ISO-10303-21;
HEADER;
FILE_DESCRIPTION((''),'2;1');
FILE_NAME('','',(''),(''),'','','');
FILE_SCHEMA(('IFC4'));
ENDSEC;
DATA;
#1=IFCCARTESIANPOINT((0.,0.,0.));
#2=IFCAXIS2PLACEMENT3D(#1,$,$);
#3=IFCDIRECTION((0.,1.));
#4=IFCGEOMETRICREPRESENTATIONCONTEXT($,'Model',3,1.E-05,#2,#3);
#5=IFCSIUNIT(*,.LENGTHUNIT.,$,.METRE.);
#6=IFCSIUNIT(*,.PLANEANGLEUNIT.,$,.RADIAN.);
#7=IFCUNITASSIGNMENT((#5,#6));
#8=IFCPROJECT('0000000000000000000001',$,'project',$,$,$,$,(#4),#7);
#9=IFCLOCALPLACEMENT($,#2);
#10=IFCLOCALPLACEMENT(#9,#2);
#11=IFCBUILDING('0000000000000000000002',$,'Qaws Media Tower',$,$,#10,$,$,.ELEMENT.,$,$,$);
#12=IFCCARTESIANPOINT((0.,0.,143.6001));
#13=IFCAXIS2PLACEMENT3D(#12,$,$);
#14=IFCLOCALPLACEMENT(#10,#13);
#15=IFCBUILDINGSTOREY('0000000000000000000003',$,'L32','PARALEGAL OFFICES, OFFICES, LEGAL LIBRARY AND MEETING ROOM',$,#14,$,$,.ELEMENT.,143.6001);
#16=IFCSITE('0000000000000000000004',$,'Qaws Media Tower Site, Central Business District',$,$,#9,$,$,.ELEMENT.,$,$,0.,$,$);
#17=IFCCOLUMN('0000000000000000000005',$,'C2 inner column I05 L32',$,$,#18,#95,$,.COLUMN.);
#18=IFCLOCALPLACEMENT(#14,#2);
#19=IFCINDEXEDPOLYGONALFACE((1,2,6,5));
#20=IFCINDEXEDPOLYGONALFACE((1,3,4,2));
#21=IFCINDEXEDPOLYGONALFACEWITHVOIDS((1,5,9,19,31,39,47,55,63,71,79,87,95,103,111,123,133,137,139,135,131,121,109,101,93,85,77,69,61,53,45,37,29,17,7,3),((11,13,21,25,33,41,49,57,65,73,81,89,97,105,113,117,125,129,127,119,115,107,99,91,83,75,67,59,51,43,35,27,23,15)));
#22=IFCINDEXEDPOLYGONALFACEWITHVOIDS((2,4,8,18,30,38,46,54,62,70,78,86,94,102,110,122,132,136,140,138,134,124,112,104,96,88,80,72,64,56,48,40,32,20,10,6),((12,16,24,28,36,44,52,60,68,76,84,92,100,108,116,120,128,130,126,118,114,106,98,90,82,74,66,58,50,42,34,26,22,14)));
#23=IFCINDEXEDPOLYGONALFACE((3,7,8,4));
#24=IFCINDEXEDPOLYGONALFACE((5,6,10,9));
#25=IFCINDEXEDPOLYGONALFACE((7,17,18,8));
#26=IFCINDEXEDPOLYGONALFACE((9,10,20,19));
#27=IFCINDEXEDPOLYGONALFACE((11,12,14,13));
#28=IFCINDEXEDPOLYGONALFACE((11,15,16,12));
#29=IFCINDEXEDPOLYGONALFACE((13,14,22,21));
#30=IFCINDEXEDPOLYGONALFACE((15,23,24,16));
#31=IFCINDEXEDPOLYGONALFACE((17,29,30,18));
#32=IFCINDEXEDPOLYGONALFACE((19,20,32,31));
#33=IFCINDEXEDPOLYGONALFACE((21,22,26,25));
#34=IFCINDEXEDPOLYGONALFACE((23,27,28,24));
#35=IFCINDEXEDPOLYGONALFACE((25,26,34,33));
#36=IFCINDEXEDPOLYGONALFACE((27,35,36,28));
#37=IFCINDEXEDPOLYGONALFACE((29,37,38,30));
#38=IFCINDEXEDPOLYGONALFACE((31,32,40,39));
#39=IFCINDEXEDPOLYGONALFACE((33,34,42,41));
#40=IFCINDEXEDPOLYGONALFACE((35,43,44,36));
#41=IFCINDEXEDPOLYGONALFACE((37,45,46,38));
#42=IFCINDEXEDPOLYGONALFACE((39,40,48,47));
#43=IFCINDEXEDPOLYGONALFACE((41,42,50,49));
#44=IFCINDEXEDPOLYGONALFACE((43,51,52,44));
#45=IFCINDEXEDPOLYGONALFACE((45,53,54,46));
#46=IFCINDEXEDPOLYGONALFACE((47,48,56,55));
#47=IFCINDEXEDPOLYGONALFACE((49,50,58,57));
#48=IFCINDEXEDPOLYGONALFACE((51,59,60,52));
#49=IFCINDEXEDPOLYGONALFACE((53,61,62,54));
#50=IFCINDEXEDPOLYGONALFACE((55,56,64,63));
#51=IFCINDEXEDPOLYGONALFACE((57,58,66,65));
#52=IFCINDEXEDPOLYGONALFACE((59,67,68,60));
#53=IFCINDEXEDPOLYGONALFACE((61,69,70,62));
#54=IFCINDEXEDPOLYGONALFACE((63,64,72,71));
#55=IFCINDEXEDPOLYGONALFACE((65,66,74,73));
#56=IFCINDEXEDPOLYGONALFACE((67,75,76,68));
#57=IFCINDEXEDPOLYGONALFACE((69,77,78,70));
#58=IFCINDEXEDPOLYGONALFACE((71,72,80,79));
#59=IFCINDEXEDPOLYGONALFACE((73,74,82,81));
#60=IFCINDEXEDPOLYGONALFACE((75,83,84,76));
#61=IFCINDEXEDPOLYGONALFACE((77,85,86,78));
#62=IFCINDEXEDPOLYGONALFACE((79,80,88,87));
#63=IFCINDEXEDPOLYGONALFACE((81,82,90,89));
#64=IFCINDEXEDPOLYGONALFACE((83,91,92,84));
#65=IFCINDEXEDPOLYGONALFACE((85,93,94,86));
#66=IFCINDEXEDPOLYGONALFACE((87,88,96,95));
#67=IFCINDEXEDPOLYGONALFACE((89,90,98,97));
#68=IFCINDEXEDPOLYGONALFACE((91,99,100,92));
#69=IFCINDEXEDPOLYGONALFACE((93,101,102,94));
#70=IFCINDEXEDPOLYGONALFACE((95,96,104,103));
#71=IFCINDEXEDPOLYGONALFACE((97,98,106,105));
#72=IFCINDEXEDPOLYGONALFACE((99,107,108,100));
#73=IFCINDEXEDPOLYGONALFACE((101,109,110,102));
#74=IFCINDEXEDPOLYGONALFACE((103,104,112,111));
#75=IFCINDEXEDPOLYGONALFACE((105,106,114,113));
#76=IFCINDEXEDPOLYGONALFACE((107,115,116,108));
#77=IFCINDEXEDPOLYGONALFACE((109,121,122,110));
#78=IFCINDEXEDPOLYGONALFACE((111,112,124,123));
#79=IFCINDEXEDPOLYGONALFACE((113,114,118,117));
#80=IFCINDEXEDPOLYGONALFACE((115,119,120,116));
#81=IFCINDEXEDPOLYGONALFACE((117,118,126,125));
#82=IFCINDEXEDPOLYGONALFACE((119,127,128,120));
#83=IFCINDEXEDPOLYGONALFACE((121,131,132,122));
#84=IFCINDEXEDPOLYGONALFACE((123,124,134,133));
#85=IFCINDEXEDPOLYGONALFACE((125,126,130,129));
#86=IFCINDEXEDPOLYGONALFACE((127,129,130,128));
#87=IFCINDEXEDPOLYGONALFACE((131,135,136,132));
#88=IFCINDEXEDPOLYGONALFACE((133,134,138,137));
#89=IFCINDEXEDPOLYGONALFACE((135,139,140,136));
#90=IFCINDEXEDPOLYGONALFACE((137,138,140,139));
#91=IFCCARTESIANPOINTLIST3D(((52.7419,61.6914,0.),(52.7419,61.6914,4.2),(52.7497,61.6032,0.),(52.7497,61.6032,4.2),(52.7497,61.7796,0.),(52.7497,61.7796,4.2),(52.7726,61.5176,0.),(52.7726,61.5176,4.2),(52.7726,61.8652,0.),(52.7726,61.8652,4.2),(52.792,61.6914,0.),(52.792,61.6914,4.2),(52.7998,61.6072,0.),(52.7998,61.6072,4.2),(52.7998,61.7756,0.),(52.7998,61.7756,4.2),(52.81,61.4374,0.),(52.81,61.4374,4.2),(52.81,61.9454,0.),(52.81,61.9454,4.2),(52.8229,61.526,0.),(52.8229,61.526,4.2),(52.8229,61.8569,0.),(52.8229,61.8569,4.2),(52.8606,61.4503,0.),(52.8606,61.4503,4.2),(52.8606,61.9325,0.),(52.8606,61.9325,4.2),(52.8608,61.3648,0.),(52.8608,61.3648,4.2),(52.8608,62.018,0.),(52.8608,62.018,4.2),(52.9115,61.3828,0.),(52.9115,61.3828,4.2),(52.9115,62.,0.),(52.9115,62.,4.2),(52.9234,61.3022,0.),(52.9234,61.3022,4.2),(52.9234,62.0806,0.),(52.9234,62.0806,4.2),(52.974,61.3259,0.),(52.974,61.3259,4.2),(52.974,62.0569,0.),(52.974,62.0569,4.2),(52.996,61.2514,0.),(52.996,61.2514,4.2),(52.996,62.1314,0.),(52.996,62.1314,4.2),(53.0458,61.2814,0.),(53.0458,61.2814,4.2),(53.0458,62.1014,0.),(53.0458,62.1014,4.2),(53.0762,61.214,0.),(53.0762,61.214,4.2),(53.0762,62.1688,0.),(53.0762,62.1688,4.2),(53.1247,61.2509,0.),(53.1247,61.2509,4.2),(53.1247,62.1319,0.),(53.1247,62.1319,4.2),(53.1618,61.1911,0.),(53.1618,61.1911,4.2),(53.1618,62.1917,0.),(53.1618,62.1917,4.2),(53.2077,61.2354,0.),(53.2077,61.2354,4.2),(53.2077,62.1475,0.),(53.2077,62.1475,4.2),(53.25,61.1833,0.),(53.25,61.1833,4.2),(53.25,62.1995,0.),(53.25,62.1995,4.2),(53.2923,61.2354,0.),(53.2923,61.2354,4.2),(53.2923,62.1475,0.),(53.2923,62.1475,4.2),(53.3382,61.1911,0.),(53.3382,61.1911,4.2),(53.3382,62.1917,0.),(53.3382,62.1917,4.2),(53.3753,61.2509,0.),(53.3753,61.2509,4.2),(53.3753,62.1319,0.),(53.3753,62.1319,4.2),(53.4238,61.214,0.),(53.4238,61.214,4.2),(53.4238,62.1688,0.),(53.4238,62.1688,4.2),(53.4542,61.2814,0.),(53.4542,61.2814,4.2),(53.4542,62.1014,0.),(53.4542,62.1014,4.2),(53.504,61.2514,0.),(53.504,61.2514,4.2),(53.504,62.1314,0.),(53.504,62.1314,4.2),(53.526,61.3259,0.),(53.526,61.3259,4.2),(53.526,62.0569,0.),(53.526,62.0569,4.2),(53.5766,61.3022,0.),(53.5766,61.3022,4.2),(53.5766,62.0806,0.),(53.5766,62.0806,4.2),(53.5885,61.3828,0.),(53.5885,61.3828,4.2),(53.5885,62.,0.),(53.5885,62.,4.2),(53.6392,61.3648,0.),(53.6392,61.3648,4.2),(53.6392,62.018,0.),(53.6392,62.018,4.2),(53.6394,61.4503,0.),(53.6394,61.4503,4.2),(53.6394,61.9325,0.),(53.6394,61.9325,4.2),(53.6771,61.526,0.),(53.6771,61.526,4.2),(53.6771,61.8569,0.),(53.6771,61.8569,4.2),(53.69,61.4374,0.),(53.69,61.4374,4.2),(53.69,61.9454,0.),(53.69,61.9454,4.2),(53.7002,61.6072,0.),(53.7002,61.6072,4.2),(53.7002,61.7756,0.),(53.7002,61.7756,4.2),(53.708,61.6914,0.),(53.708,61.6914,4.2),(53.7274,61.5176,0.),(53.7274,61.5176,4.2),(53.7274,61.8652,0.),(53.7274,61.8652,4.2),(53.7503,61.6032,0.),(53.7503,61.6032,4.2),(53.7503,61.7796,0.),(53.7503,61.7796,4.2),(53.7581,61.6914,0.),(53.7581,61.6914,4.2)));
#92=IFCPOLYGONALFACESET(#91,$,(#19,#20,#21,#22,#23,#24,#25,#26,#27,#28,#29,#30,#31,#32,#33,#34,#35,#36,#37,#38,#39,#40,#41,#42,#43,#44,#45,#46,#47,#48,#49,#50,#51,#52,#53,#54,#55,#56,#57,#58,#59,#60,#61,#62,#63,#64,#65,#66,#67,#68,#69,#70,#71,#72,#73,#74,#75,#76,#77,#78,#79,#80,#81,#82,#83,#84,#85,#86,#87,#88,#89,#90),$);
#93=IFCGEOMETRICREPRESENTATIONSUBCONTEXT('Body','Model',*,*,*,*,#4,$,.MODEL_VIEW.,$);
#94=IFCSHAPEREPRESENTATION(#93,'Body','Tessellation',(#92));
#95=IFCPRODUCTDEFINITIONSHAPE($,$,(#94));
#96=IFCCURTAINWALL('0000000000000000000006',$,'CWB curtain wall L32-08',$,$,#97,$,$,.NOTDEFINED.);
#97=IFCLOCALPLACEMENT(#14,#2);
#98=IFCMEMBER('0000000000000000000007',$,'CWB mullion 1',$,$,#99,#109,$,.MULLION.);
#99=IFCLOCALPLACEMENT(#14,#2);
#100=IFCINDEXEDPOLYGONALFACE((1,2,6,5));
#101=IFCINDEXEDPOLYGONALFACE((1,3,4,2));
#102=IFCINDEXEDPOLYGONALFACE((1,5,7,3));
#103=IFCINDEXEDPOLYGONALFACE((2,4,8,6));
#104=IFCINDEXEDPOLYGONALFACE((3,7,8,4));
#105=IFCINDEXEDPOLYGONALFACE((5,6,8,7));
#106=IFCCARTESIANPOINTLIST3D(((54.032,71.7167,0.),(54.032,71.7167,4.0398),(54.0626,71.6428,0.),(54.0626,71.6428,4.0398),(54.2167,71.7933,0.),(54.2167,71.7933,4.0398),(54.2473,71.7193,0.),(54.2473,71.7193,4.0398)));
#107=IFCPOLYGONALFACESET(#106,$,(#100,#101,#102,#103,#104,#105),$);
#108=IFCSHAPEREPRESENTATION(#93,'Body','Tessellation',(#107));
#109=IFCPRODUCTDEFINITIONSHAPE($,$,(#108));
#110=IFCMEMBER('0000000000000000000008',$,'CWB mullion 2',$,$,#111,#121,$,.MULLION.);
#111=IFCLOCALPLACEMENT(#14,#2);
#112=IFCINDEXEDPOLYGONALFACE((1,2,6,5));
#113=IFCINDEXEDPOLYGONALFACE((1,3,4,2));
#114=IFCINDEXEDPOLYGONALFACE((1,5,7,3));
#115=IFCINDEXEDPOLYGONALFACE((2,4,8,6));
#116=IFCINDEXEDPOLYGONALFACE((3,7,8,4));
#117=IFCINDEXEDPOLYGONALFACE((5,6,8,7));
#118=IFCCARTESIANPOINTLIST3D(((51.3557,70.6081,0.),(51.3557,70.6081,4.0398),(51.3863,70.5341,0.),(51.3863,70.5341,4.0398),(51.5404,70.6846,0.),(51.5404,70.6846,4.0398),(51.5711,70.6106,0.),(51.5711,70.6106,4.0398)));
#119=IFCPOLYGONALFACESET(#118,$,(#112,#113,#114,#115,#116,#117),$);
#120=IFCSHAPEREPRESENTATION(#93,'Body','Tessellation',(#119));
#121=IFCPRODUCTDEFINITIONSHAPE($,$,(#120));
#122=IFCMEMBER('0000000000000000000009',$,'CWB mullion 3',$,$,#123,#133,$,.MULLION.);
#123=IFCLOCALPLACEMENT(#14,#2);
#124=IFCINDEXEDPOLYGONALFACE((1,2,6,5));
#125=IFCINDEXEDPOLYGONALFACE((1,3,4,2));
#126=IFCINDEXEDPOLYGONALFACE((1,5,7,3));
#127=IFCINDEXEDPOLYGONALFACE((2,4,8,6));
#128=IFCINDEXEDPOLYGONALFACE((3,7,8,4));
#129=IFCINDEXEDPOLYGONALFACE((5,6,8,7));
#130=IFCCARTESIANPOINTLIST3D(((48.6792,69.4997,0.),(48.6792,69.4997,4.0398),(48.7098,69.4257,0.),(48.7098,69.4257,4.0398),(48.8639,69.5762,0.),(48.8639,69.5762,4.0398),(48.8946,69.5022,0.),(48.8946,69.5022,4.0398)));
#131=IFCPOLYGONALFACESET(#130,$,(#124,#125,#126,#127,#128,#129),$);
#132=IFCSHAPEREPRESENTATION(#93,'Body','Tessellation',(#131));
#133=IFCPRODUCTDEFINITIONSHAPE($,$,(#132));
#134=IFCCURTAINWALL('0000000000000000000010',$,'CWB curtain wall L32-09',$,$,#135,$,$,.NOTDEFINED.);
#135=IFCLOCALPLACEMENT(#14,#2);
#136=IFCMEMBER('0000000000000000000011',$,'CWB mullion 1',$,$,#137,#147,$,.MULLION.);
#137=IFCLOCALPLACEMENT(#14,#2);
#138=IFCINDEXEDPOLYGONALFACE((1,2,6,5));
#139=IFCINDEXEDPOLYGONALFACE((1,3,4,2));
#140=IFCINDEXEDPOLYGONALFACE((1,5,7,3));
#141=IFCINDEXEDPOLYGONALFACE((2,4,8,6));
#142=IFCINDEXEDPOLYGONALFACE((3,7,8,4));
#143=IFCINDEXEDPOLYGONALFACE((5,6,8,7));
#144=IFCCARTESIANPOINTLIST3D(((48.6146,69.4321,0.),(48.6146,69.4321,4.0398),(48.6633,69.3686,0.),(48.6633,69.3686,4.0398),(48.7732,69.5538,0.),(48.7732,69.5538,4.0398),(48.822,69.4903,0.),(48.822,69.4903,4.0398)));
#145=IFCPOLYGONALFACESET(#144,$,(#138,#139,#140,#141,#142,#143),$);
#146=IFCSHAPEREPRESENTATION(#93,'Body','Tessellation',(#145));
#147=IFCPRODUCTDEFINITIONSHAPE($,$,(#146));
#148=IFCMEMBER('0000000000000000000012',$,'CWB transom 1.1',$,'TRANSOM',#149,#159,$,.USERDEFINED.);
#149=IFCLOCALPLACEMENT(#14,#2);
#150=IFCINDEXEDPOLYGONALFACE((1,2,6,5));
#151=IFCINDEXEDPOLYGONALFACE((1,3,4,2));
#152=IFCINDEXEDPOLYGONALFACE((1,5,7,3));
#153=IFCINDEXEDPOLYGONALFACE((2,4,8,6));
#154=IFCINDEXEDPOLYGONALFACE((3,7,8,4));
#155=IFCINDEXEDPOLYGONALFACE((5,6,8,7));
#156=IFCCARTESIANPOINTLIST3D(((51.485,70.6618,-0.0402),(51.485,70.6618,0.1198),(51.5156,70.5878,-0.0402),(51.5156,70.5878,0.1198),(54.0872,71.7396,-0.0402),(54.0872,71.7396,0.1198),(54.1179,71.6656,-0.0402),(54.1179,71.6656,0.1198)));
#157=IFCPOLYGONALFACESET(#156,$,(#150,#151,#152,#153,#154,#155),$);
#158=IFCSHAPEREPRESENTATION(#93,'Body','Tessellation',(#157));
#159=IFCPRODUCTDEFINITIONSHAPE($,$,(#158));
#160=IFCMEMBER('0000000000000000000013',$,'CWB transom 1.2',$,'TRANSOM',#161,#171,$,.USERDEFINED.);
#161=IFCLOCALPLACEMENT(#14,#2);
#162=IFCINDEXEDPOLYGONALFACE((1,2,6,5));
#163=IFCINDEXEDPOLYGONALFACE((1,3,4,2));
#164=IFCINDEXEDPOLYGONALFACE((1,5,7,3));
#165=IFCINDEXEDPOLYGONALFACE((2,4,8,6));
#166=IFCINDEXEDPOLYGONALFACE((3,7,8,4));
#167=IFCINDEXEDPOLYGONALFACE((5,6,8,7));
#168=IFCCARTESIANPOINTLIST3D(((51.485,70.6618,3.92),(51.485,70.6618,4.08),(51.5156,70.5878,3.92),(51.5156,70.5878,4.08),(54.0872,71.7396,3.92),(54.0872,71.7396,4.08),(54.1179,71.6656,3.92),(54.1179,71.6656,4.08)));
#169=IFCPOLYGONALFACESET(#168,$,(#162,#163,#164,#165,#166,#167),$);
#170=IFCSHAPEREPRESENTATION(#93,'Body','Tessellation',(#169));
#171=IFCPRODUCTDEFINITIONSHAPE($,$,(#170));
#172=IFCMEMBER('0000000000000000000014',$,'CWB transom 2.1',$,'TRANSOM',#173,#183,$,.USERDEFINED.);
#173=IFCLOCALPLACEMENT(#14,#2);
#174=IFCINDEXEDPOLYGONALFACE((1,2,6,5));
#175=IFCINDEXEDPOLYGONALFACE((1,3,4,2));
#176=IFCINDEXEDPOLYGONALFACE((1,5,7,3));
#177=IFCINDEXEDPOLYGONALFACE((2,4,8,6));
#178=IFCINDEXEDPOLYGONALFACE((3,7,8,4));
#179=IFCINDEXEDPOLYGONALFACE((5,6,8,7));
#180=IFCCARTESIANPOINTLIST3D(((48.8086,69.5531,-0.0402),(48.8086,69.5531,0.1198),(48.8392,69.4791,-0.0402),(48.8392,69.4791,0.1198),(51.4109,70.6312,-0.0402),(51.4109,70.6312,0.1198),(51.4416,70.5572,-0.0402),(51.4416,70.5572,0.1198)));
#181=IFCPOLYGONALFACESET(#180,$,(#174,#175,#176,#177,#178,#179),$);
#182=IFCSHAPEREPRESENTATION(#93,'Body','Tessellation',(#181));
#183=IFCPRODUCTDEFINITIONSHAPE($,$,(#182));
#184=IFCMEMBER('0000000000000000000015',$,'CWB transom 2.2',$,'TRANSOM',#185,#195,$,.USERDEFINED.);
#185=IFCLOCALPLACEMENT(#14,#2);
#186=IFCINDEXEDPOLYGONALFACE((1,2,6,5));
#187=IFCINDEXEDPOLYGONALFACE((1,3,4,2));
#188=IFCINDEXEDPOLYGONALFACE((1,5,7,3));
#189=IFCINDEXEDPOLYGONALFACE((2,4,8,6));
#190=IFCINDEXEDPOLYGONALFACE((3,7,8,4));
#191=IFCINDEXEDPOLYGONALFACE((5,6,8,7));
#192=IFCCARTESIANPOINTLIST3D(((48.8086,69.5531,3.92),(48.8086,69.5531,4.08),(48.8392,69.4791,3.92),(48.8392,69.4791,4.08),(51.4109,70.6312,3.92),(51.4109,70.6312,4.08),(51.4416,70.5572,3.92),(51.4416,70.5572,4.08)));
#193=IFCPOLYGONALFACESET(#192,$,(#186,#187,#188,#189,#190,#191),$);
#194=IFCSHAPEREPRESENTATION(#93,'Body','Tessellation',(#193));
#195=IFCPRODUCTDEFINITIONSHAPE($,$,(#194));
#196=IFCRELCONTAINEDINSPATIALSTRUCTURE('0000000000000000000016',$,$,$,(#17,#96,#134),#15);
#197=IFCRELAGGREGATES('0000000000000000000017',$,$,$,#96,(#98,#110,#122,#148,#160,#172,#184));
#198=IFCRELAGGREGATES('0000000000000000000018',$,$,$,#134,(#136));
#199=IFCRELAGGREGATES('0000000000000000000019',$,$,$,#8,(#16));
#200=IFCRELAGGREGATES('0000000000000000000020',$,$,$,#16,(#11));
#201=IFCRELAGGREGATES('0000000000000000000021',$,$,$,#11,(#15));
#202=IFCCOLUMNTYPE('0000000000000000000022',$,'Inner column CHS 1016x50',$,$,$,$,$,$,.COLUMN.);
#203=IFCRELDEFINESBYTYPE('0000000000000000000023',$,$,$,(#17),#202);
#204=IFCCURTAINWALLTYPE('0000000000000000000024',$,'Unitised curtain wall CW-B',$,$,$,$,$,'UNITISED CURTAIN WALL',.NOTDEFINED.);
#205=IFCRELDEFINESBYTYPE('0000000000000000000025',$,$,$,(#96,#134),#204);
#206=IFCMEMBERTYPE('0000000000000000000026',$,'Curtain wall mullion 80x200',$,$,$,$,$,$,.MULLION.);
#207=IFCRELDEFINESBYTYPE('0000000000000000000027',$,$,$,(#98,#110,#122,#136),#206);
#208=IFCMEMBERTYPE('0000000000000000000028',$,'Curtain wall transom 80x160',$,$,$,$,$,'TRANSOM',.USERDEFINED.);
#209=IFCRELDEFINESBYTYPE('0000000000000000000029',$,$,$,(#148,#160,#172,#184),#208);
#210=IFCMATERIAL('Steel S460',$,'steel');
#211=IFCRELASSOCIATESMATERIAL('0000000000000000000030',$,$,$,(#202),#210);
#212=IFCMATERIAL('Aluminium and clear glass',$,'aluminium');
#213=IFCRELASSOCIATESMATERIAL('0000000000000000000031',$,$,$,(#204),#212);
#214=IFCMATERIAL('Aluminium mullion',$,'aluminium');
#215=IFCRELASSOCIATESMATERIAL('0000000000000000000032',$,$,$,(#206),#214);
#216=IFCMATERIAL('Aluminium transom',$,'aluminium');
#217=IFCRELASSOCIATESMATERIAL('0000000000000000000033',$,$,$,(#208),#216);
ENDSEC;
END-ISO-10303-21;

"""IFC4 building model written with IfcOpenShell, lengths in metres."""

from ifc_helpers import new_model, si_unit, direction, frame, origin, origin_2d, place, context, subcontext, project, spatial, rectangle, hollow_circle, extrude, material, material_profile, profile_set, type_object, element, aggregate, save


model = new_model("IFC4")

# Units and contexts
model_context = context("Model", 3, precision=1e-05, world=origin(), true_north=direction((0.0, 1.0)))
body_context = subcontext(model_context, "Body", "Model", "MODEL_VIEW")
ifc_project = project(units=[si_unit("LENGTHUNIT", "METRE"), si_unit("PLANEANGLEUNIT", "RADIAN")], contexts=[model_context])

# Site, building, storey
site_placement = place(None, origin())
site = spatial("IfcSite", under=ifc_project, at=site_placement, Name="Qaws Media Tower Site, Central Business District", CompositionType="ELEMENT", RefElevation=0.0)
building_placement = place(site_placement, origin())
building = spatial("IfcBuilding", under=site, at=building_placement, Name="Qaws Media Tower", CompositionType="ELEMENT")
storey_placement = place(building_placement, frame((0.0, 0.0, 143.6001)))
storey = spatial("IfcBuildingStorey", under=building, at=storey_placement, Name="L32", Description="PARALEGAL OFFICES, OFFICES, LEGAL LIBRARY AND MEETING ROOM", CompositionType="ELEMENT", Elevation=143.6001)

# Column
ifc_material_1 = material(Name="Steel S460", Category="steel")
ifc_material_profile_1 = material_profile(ifc_material_1, hollow_circle(Radius=0.5081, WallThickness=0.05, at=origin_2d()), Name="CHS 1016x50")
ifc_profile_set_1 = profile_set([ifc_material_profile_1], Name="Steel S460")
column_type = type_object("IfcColumnType", Name="Inner column CHS 1016x50", PredefinedType="COLUMN", material=ifc_profile_set_1)
column_placement = place(storey_placement, frame((53.25, 61.6914, 0.0), z_axis=(0.0, 0.0, 1.0), x_axis=(1.0, 0.0, 0.0)))
element("IfcColumn", 1, at=column_placement, inside=storey, type_object=column_type, Name="C2 inner column I05 L32", PredefinedType="COLUMN", context=body_context, shape_type="SweptSolid", body=[
    extrude(hollow_circle(Radius=0.5081, WallThickness=0.05, at=origin_2d()), origin(), (0.0, 0.0, 1.0), 4.2),
])

# Curtain wall, members
ifc_material_2 = material(Name="Aluminium and clear glass", Category="aluminium")
curtain_wall_type = type_object("IfcCurtainWallType", Name="Unitised curtain wall CW-B", ElementType="UNITISED CURTAIN WALL", PredefinedType="NOTDEFINED", material=ifc_material_2)
curtain_wall_1_placement = place(storey_placement, origin())
curtain_wall_1 = element("IfcCurtainWall", 2, at=curtain_wall_1_placement, inside=storey, type_object=curtain_wall_type, Name="CWB curtain wall L32-08", PredefinedType="NOTDEFINED")
ifc_material_3 = material(Name="Aluminium mullion", Category="aluminium")
ifc_material_profile_2 = material_profile(ifc_material_3, rectangle(XDim=0.0801, YDim=0.2, at=origin_2d()), Name="80x200")
ifc_profile_set_2 = profile_set([ifc_material_profile_2], Name="Aluminium mullion")
member_type_1 = type_object("IfcMemberType", Name="Curtain wall mullion 80x200", PredefinedType="MULLION", material=ifc_profile_set_2)
member_1_placement = place(storey_placement, frame((54.1396, 71.718, 0.0), z_axis=(0.0, 0.0, 1.0), x_axis=(0.382683, -0.92388, 0.0)))
member_1 = element("IfcMember", 3, at=member_1_placement, type_object=member_type_1, Name="CWB mullion 1", PredefinedType="MULLION", context=body_context, shape_type="SweptSolid", body=[
    extrude(rectangle(XDim=0.0801, YDim=0.2, at=origin_2d()), origin(), (0.0, 0.0, 1.0), 4.0398),
])
member_2_placement = place(storey_placement, frame((51.4634, 70.6094, 0.0), z_axis=(0.0, 0.0, 1.0), x_axis=(0.382683, -0.92388, 0.0)))
member_2 = element("IfcMember", 4, at=member_2_placement, type_object=member_type_1, Name="CWB mullion 2", PredefinedType="MULLION", context=body_context, shape_type="SweptSolid", body=[
    extrude(rectangle(XDim=0.0801, YDim=0.2, at=origin_2d()), origin(), (0.0, 0.0, 1.0), 4.0398),
])
member_3_placement = place(storey_placement, frame((48.7869, 69.501, 0.0), z_axis=(0.0, 0.0, 1.0), x_axis=(0.382683, -0.92388, 0.0)))
member_3 = element("IfcMember", 5, at=member_3_placement, type_object=member_type_1, Name="CWB mullion 3", PredefinedType="MULLION", context=body_context, shape_type="SweptSolid", body=[
    extrude(rectangle(XDim=0.0801, YDim=0.2, at=origin_2d()), origin(), (0.0, 0.0, 1.0), 4.0398),
])

# Curtain wall, member
curtain_wall_2_placement = place(storey_placement, origin())
curtain_wall_2 = element("IfcCurtainWall", 6, at=curtain_wall_2_placement, inside=storey, type_object=curtain_wall_type, Name="CWB curtain wall L32-09", PredefinedType="NOTDEFINED")
member_4_placement = place(storey_placement, frame((48.7183, 69.4612, 0.0), z_axis=(0.0, 0.0, 1.0), x_axis=(0.608761, -0.793353, 0.0)))
member_4 = element("IfcMember", 7, at=member_4_placement, type_object=member_type_1, Name="CWB mullion 1", PredefinedType="MULLION", context=body_context, shape_type="SweptSolid", body=[
    extrude(rectangle(XDim=0.0801, YDim=0.2, at=origin_2d()), origin(), (0.0, 0.0, 1.0), 4.0398),
])

# Members
ifc_material_4 = material(Name="Aluminium transom", Category="aluminium")
ifc_material_profile_3 = material_profile(ifc_material_4, rectangle(XDim=0.0801, YDim=0.1599, at=origin_2d()), Name="80x160")
ifc_profile_set_3 = profile_set([ifc_material_profile_3], Name="Aluminium transom")
member_type_2 = type_object("IfcMemberType", Name="Curtain wall transom 80x160", ElementType="TRANSOM", PredefinedType="USERDEFINED", material=ifc_profile_set_3)
member_5_placement = place(storey_placement, frame((54.1025, 71.7026, 0.0398), z_axis=(-0.923883, -0.382676, 0.0), x_axis=(0.382676, -0.923883, 0.0)))
member_5 = element("IfcMember", 8, at=member_5_placement, type_object=member_type_2, Name="CWB transom 1.1", ObjectType="TRANSOM", PredefinedType="USERDEFINED", context=body_context, shape_type="SweptSolid", body=[
    extrude(rectangle(XDim=0.0801, YDim=0.1599, at=origin_2d()), origin(), (0.0, 0.0, 1.0), 2.8167),
])
member_6_placement = place(storey_placement, frame((54.1025, 71.7026, 4.0), z_axis=(-0.923883, -0.382676, 0.0), x_axis=(0.382676, -0.923883, 0.0)))
member_6 = element("IfcMember", 9, at=member_6_placement, type_object=member_type_2, Name="CWB transom 1.2", ObjectType="TRANSOM", PredefinedType="USERDEFINED", context=body_context, shape_type="SweptSolid", body=[
    extrude(rectangle(XDim=0.0801, YDim=0.1599, at=origin_2d()), origin(), (0.0, 0.0, 1.0), 2.8167),
])
member_7_placement = place(storey_placement, frame((51.4263, 70.5942, 0.0398), z_axis=(-0.923852, -0.38275, 0.0), x_axis=(0.38275, -0.923852, 0.0)))
member_7 = element("IfcMember", 10, at=member_7_placement, type_object=member_type_2, Name="CWB transom 2.1", ObjectType="TRANSOM", PredefinedType="USERDEFINED", context=body_context, shape_type="SweptSolid", body=[
    extrude(rectangle(XDim=0.0801, YDim=0.1599, at=origin_2d()), origin(), (0.0, 0.0, 1.0), 2.8169),
])
member_8_placement = place(storey_placement, frame((51.4263, 70.5942, 4.0), z_axis=(-0.923852, -0.38275, 0.0), x_axis=(0.38275, -0.923852, 0.0)))
member_8 = element("IfcMember", 11, at=member_8_placement, type_object=member_type_2, Name="CWB transom 2.2", ObjectType="TRANSOM", PredefinedType="USERDEFINED", context=body_context, shape_type="SweptSolid", body=[
    extrude(rectangle(XDim=0.0801, YDim=0.1599, at=origin_2d()), origin(), (0.0, 0.0, 1.0), 2.8169),
])

aggregate(curtain_wall_1, [member_1, member_2, member_3, member_5, member_6, member_7, member_8])
aggregate(curtain_wall_2, [member_4])

save(model, "model.ifc")
